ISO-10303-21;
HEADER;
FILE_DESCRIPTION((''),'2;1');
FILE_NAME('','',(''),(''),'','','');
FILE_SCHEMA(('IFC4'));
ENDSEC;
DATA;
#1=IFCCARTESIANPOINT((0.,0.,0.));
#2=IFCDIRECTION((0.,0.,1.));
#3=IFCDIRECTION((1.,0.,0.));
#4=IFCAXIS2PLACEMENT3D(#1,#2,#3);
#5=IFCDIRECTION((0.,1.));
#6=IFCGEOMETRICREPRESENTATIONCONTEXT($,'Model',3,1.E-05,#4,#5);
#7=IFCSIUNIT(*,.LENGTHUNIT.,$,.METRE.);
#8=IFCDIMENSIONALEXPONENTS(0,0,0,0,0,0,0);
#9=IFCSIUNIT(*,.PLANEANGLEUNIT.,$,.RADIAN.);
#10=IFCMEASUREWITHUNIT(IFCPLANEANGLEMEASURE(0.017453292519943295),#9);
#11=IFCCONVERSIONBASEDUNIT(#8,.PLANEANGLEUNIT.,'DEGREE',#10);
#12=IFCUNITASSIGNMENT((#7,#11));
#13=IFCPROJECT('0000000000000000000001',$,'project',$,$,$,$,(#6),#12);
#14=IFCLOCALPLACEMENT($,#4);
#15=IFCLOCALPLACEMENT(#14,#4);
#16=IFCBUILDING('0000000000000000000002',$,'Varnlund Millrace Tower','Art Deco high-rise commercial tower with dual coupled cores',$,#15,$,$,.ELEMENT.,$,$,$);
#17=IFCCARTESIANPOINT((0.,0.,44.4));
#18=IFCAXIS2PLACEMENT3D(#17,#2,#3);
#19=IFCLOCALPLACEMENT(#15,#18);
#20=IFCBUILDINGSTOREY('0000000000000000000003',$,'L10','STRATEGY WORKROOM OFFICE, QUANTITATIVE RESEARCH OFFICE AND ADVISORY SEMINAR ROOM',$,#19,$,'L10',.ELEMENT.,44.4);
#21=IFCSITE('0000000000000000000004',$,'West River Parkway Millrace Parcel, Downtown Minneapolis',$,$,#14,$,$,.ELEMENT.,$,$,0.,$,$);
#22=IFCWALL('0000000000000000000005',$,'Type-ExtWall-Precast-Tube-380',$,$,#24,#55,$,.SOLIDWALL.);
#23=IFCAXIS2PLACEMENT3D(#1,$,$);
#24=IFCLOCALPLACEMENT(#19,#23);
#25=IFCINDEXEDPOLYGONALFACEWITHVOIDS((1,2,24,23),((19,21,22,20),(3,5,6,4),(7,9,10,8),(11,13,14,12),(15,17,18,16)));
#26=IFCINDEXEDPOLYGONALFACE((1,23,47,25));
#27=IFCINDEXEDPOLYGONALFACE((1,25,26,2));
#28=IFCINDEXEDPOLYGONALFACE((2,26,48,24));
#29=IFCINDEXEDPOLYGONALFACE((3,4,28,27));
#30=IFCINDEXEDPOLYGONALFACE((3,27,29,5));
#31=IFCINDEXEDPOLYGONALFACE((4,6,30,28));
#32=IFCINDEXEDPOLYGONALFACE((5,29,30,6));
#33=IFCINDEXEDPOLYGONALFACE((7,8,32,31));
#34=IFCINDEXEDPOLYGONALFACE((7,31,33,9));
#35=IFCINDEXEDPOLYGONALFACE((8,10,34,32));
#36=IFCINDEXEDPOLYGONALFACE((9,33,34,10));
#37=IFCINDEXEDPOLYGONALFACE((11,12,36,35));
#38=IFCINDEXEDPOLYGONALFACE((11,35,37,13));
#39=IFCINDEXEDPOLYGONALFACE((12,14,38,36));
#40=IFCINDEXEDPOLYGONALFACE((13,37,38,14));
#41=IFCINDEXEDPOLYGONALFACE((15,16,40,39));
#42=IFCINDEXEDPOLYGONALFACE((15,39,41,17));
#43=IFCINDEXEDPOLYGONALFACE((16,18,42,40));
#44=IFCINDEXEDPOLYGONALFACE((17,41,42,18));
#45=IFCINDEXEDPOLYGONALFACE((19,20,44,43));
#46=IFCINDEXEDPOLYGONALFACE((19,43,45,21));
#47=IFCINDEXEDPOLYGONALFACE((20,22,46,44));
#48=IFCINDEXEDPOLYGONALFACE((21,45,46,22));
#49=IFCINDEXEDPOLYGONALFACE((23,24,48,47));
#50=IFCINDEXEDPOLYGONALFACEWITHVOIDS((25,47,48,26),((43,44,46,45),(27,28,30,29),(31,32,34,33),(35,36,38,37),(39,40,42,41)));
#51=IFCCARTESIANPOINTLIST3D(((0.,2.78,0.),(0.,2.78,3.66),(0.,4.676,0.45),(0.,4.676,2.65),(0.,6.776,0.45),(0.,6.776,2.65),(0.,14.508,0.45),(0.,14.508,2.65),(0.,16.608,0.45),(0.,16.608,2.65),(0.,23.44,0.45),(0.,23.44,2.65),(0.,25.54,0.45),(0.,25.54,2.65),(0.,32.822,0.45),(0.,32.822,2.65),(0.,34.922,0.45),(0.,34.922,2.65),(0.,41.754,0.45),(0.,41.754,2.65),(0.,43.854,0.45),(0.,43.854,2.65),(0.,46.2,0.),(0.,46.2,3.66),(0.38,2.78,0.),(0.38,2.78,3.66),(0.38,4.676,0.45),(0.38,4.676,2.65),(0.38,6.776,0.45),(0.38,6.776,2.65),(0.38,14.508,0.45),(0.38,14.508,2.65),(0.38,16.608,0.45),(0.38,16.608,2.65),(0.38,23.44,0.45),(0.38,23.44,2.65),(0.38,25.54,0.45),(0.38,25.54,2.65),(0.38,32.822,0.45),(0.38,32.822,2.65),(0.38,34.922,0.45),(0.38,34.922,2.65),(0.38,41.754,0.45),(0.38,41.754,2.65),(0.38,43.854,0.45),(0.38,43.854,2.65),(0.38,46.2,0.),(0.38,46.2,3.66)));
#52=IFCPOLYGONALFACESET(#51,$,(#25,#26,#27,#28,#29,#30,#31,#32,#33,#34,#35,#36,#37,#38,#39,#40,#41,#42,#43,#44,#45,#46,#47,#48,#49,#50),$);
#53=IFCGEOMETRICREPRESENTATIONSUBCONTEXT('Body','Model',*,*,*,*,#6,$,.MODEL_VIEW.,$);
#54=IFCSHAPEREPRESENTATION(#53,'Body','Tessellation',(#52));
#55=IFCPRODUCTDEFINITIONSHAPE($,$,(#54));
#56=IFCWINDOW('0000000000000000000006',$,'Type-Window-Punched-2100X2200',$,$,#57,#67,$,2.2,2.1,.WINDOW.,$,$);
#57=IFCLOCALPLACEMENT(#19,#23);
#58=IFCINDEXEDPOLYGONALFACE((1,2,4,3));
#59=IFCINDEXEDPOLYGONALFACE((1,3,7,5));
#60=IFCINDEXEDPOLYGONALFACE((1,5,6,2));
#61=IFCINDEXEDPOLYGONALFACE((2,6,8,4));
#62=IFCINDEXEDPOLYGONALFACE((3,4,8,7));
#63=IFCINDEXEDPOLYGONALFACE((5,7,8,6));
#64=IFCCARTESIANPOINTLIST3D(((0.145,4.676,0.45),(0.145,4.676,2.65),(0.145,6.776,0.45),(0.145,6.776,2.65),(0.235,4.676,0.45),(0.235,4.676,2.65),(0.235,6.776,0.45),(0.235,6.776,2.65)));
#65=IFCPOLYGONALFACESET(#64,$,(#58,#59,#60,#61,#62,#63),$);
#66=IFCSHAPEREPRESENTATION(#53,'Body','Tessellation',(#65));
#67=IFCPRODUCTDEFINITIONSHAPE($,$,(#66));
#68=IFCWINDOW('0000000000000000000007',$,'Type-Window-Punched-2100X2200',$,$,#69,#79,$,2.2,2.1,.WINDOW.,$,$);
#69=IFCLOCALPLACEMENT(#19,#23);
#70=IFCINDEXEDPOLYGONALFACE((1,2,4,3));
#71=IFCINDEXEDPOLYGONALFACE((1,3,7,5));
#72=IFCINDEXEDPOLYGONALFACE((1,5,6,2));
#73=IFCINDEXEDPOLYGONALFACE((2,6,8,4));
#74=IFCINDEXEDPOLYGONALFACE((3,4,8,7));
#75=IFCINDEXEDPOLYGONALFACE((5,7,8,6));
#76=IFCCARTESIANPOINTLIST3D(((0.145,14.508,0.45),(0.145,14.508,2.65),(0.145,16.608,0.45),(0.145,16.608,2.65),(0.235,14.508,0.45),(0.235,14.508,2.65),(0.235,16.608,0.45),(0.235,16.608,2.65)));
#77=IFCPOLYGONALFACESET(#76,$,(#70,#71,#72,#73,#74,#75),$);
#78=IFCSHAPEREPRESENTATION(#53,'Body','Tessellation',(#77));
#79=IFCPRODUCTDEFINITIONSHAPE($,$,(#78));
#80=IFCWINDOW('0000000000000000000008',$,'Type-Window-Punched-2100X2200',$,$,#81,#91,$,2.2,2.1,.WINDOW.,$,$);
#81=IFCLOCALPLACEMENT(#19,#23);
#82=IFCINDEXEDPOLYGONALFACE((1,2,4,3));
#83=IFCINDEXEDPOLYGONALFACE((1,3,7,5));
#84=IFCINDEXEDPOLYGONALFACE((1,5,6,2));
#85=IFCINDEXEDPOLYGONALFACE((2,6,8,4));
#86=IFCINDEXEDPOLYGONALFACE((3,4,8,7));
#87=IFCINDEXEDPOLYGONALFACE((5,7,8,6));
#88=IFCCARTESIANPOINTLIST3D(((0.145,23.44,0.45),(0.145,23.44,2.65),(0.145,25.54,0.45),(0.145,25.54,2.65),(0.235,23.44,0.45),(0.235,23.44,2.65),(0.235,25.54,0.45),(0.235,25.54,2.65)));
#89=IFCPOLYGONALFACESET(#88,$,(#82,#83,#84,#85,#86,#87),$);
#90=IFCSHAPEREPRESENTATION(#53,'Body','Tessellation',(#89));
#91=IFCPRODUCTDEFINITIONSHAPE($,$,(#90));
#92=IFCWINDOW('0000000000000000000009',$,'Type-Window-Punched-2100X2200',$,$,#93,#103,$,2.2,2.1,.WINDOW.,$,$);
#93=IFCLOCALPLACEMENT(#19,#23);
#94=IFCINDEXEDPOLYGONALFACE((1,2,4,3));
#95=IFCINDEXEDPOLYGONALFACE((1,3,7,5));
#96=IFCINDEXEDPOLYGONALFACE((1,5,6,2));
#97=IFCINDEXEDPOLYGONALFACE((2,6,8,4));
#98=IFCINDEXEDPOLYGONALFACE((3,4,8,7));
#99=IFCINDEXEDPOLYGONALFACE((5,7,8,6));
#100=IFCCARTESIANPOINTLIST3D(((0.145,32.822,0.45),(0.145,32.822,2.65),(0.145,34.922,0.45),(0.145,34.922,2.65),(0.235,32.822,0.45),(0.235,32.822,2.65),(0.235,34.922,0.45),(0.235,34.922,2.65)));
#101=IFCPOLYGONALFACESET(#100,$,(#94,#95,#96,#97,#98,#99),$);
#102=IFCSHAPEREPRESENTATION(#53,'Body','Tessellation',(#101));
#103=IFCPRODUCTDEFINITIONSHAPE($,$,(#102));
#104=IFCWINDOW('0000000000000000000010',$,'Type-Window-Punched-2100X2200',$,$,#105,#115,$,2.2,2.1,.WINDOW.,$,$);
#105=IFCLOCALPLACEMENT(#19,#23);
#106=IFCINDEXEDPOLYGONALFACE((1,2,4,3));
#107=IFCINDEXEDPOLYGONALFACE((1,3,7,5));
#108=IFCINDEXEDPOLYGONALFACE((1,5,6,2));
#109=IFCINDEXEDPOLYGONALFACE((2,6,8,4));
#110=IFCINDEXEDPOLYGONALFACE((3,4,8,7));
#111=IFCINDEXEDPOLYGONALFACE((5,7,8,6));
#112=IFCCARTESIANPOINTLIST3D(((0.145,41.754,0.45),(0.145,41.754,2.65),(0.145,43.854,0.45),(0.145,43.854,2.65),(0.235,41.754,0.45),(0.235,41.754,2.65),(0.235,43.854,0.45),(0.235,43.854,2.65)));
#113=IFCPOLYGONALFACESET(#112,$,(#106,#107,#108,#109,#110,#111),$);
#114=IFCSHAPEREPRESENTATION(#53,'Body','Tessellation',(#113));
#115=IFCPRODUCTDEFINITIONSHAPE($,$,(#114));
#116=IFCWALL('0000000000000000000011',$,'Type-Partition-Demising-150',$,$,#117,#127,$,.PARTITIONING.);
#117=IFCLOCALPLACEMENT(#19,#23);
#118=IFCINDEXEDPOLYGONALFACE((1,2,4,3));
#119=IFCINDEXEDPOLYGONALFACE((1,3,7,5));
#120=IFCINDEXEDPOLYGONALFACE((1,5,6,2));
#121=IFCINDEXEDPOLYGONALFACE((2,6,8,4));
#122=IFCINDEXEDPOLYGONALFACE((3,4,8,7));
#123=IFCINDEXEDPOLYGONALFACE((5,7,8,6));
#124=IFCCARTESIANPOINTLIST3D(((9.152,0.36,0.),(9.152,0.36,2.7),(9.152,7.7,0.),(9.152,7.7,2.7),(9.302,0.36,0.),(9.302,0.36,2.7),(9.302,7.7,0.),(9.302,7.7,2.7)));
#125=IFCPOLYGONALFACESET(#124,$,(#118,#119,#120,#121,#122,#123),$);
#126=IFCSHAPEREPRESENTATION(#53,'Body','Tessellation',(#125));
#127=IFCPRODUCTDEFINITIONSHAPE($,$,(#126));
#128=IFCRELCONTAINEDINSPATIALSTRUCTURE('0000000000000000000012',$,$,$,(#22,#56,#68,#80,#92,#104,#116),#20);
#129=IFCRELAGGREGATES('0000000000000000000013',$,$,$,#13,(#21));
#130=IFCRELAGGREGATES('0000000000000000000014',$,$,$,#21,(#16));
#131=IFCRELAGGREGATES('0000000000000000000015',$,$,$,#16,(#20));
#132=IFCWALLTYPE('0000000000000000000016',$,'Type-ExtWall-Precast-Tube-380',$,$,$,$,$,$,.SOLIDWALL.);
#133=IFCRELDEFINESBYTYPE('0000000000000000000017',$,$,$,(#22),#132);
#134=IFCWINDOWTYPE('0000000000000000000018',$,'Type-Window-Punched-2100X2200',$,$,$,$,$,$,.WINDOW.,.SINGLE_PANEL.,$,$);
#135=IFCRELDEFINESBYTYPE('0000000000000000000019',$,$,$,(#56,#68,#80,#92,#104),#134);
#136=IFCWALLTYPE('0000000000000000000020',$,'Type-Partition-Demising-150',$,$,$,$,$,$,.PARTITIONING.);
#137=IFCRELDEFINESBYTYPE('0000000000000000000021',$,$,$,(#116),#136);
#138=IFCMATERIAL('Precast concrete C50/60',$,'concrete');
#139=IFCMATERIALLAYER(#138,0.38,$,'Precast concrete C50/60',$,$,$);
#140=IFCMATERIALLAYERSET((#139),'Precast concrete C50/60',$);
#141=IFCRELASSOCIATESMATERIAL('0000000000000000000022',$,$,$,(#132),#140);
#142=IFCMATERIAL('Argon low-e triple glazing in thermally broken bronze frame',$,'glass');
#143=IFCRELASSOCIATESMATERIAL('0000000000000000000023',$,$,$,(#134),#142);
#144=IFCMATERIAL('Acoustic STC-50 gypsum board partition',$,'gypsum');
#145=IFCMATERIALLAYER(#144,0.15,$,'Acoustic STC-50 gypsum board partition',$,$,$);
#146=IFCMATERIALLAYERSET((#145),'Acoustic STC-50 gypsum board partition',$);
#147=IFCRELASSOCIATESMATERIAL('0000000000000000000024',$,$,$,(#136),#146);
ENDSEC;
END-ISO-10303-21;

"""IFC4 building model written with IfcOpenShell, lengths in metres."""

from ifc_helpers import new_model, entity, si_unit, converted_unit, direction, frame, origin_with_axes, origin_2d_with_axis, place, context, subcontext, project, spatial, polyline, rectangle, outline, extrude, material, layer, layer_set, type_object, element, fill, save


model = new_model("IFC4")

# Units and contexts
model_context = context("Model", 3, precision=1e-05, world=origin_with_axes(), true_north=direction((0.0, 1.0)))
body_context = subcontext(model_context, "Body", "Model", "MODEL_VIEW")
ifc_project = project(units=[si_unit("LENGTHUNIT", "METRE"), converted_unit("PLANEANGLEUNIT", "DEGREE", entity("IfcPlaneAngleMeasure", 0.017453292519943295), si_unit("PLANEANGLEUNIT", "RADIAN"), dimensions=[0, 0, 0, 0, 0, 0, 0])], contexts=[model_context])

# Site, building, storey
site_placement = place(None, origin_with_axes())
site = spatial("IfcSite", under=ifc_project, at=site_placement, Name="West River Parkway Millrace Parcel, Downtown Minneapolis", CompositionType="ELEMENT", RefElevation=0.0)
building_placement = place(site_placement, origin_with_axes())
building = spatial("IfcBuilding", under=site, at=building_placement, Name="Varnlund Millrace Tower", Description="Art Deco high-rise commercial tower with dual coupled cores", CompositionType="ELEMENT")
storey_placement = place(building_placement, frame((0.0, 0.0, 44.4), z_axis=(0.0, 0.0, 1.0), x_axis=(1.0, 0.0, 0.0)))
storey = spatial("IfcBuildingStorey", under=building, at=storey_placement, Name="L10", Description="STRATEGY WORKROOM OFFICE, QUANTITATIVE RESEARCH OFFICE AND ADVISORY SEMINAR ROOM", LongName="L10", CompositionType="ELEMENT", Elevation=44.4)

# Shared definitions
ifc_material_1 = material(Name="Precast concrete C50/60", Category="concrete")
ifc_layer_1 = layer(ifc_material_1, 0.38, Name="Precast concrete C50/60")
ifc_layer_set_1 = layer_set([ifc_layer_1], Name="Precast concrete C50/60")
wall_type_1 = type_object("IfcWallType", Name="Type-ExtWall-Precast-Tube-380", PredefinedType="SOLIDWALL", material=ifc_layer_set_1)

# Wall, openings, windows
wall_1_placement = place(storey_placement, frame((0.19, 2.78, 0.0), z_axis=(0.0, 0.0, 1.0), x_axis=(0.0, 1.0, 0.0)))
wall_1 = element("IfcWall", 1, at=wall_1_placement, inside=storey, type_object=wall_type_1, Name="Type-ExtWall-Precast-Tube-380", PredefinedType="SOLIDWALL", context=body_context, shape_type="SweptSolid", body=[
    extrude(outline(polyline([(0.0, -0.19), (43.42, -0.19), (43.42, 0.19), (0.0, 0.19), (0.0, -0.19)])), origin_with_axes(), (0.0, 0.0, 1.0), 3.66),
])
opening_1_placement = place(wall_1_placement, frame((2.946, 0.0, 0.45), z_axis=(0.0, 0.0, 1.0), x_axis=(1.0, 0.0, 0.0)))
opening_1 = element("IfcOpeningElement", 2, at=opening_1_placement, cuts=wall_1, PredefinedType="OPENING", context=body_context, shape_type="SweptSolid", body=[
    extrude(rectangle(XDim=2.1, YDim=0.4, at=origin_2d_with_axis()), origin_with_axes(), (0.0, 0.0, 1.0), 2.2),
])
opening_2_placement = place(wall_1_placement, frame((12.778, 0.0, 0.45), z_axis=(0.0, 0.0, 1.0), x_axis=(1.0, 0.0, 0.0)))
opening_2 = element("IfcOpeningElement", 3, at=opening_2_placement, cuts=wall_1, PredefinedType="OPENING", context=body_context, shape_type="SweptSolid", body=[
    extrude(rectangle(XDim=2.1, YDim=0.4, at=origin_2d_with_axis()), origin_with_axes(), (0.0, 0.0, 1.0), 2.2),
])
opening_3_placement = place(wall_1_placement, frame((21.71, 0.0, 0.45), z_axis=(0.0, 0.0, 1.0), x_axis=(1.0, 0.0, 0.0)))
opening_3 = element("IfcOpeningElement", 4, at=opening_3_placement, cuts=wall_1, PredefinedType="OPENING", context=body_context, shape_type="SweptSolid", body=[
    extrude(rectangle(XDim=2.1, YDim=0.4, at=origin_2d_with_axis()), origin_with_axes(), (0.0, 0.0, 1.0), 2.2),
])
opening_4_placement = place(wall_1_placement, frame((31.092, 0.0, 0.45), z_axis=(0.0, 0.0, 1.0), x_axis=(1.0, 0.0, 0.0)))
opening_4 = element("IfcOpeningElement", 5, at=opening_4_placement, cuts=wall_1, PredefinedType="OPENING", context=body_context, shape_type="SweptSolid", body=[
    extrude(rectangle(XDim=2.1, YDim=0.4, at=origin_2d_with_axis()), origin_with_axes(), (0.0, 0.0, 1.0), 2.2),
])
opening_5_placement = place(wall_1_placement, frame((40.024, 0.0, 0.45), z_axis=(0.0, 0.0, 1.0), x_axis=(1.0, 0.0, 0.0)))
opening_5 = element("IfcOpeningElement", 6, at=opening_5_placement, cuts=wall_1, PredefinedType="OPENING", context=body_context, shape_type="SweptSolid", body=[
    extrude(rectangle(XDim=2.1, YDim=0.4, at=origin_2d_with_axis()), origin_with_axes(), (0.0, 0.0, 1.0), 2.2),
])
ifc_material_2 = material(Name="Argon low-e triple glazing in thermally broken bronze frame", Category="glass")
window_type = type_object("IfcWindowType", Name="Type-Window-Punched-2100X2200", PartitioningType="SINGLE_PANEL", PredefinedType="WINDOW", material=ifc_material_2)
window_1_placement = place(wall_1_placement, frame((2.946, 0.0, 0.45), z_axis=(0.0, 0.0, 1.0), x_axis=(1.0, 0.0, 0.0)))
window_1 = element("IfcWindow", 7, at=window_1_placement, inside=storey, type_object=window_type, Name="Type-Window-Punched-2100X2200", OverallHeight=2.2, OverallWidth=2.1, PredefinedType="WINDOW", context=body_context, shape_type="SweptSolid", body=[
    extrude(rectangle(XDim=2.1, YDim=0.09, at=origin_2d_with_axis()), origin_with_axes(), (0.0, 0.0, 1.0), 2.2),
])
fill(opening_1, window_1)
window_2_placement = place(wall_1_placement, frame((12.778, 0.0, 0.45), z_axis=(0.0, 0.0, 1.0), x_axis=(1.0, 0.0, 0.0)))
window_2 = element("IfcWindow", 8, at=window_2_placement, inside=storey, type_object=window_type, Name="Type-Window-Punched-2100X2200", OverallHeight=2.2, OverallWidth=2.1, PredefinedType="WINDOW", context=body_context, shape_type="SweptSolid", body=[
    extrude(rectangle(XDim=2.1, YDim=0.09, at=origin_2d_with_axis()), origin_with_axes(), (0.0, 0.0, 1.0), 2.2),
])
fill(opening_2, window_2)
window_3_placement = place(wall_1_placement, frame((21.71, 0.0, 0.45), z_axis=(0.0, 0.0, 1.0), x_axis=(1.0, 0.0, 0.0)))
window_3 = element("IfcWindow", 9, at=window_3_placement, inside=storey, type_object=window_type, Name="Type-Window-Punched-2100X2200", OverallHeight=2.2, OverallWidth=2.1, PredefinedType="WINDOW", context=body_context, shape_type="SweptSolid", body=[
    extrude(rectangle(XDim=2.1, YDim=0.09, at=origin_2d_with_axis()), origin_with_axes(), (0.0, 0.0, 1.0), 2.2),
])
fill(opening_3, window_3)
window_4_placement = place(wall_1_placement, frame((31.092, 0.0, 0.45), z_axis=(0.0, 0.0, 1.0), x_axis=(1.0, 0.0, 0.0)))
window_4 = element("IfcWindow", 10, at=window_4_placement, inside=storey, type_object=window_type, Name="Type-Window-Punched-2100X2200", OverallHeight=2.2, OverallWidth=2.1, PredefinedType="WINDOW", context=body_context, shape_type="SweptSolid", body=[
    extrude(rectangle(XDim=2.1, YDim=0.09, at=origin_2d_with_axis()), origin_with_axes(), (0.0, 0.0, 1.0), 2.2),
])
fill(opening_4, window_4)
window_5_placement = place(wall_1_placement, frame((40.024, 0.0, 0.45), z_axis=(0.0, 0.0, 1.0), x_axis=(1.0, 0.0, 0.0)))
window_5 = element("IfcWindow", 11, at=window_5_placement, inside=storey, type_object=window_type, Name="Type-Window-Punched-2100X2200", OverallHeight=2.2, OverallWidth=2.1, PredefinedType="WINDOW", context=body_context, shape_type="SweptSolid", body=[
    extrude(rectangle(XDim=2.1, YDim=0.09, at=origin_2d_with_axis()), origin_with_axes(), (0.0, 0.0, 1.0), 2.2),
])
fill(opening_5, window_5)

# Wall
ifc_material_3 = material(Name="Acoustic STC-50 gypsum board partition", Category="gypsum")
ifc_layer_2 = layer(ifc_material_3, 0.15, Name="Acoustic STC-50 gypsum board partition")
ifc_layer_set_2 = layer_set([ifc_layer_2], Name="Acoustic STC-50 gypsum board partition")
wall_type_2 = type_object("IfcWallType", Name="Type-Partition-Demising-150", PredefinedType="PARTITIONING", material=ifc_layer_set_2)
wall_2_placement = place(storey_placement, frame((9.227, 0.36, 0.0), z_axis=(0.0, 0.0, 1.0), x_axis=(0.0, 1.0, 0.0)))
element("IfcWall", 12, at=wall_2_placement, inside=storey, type_object=wall_type_2, Name="Type-Partition-Demising-150", PredefinedType="PARTITIONING", context=body_context, shape_type="SweptSolid", body=[
    extrude(outline(polyline([(0.0, -0.075), (7.34, -0.075), (7.34, 0.075), (0.0, 0.075), (0.0, -0.075)])), origin_with_axes(), (0.0, 0.0, 1.0), 2.7),
])

save(model, "model.ifc")
